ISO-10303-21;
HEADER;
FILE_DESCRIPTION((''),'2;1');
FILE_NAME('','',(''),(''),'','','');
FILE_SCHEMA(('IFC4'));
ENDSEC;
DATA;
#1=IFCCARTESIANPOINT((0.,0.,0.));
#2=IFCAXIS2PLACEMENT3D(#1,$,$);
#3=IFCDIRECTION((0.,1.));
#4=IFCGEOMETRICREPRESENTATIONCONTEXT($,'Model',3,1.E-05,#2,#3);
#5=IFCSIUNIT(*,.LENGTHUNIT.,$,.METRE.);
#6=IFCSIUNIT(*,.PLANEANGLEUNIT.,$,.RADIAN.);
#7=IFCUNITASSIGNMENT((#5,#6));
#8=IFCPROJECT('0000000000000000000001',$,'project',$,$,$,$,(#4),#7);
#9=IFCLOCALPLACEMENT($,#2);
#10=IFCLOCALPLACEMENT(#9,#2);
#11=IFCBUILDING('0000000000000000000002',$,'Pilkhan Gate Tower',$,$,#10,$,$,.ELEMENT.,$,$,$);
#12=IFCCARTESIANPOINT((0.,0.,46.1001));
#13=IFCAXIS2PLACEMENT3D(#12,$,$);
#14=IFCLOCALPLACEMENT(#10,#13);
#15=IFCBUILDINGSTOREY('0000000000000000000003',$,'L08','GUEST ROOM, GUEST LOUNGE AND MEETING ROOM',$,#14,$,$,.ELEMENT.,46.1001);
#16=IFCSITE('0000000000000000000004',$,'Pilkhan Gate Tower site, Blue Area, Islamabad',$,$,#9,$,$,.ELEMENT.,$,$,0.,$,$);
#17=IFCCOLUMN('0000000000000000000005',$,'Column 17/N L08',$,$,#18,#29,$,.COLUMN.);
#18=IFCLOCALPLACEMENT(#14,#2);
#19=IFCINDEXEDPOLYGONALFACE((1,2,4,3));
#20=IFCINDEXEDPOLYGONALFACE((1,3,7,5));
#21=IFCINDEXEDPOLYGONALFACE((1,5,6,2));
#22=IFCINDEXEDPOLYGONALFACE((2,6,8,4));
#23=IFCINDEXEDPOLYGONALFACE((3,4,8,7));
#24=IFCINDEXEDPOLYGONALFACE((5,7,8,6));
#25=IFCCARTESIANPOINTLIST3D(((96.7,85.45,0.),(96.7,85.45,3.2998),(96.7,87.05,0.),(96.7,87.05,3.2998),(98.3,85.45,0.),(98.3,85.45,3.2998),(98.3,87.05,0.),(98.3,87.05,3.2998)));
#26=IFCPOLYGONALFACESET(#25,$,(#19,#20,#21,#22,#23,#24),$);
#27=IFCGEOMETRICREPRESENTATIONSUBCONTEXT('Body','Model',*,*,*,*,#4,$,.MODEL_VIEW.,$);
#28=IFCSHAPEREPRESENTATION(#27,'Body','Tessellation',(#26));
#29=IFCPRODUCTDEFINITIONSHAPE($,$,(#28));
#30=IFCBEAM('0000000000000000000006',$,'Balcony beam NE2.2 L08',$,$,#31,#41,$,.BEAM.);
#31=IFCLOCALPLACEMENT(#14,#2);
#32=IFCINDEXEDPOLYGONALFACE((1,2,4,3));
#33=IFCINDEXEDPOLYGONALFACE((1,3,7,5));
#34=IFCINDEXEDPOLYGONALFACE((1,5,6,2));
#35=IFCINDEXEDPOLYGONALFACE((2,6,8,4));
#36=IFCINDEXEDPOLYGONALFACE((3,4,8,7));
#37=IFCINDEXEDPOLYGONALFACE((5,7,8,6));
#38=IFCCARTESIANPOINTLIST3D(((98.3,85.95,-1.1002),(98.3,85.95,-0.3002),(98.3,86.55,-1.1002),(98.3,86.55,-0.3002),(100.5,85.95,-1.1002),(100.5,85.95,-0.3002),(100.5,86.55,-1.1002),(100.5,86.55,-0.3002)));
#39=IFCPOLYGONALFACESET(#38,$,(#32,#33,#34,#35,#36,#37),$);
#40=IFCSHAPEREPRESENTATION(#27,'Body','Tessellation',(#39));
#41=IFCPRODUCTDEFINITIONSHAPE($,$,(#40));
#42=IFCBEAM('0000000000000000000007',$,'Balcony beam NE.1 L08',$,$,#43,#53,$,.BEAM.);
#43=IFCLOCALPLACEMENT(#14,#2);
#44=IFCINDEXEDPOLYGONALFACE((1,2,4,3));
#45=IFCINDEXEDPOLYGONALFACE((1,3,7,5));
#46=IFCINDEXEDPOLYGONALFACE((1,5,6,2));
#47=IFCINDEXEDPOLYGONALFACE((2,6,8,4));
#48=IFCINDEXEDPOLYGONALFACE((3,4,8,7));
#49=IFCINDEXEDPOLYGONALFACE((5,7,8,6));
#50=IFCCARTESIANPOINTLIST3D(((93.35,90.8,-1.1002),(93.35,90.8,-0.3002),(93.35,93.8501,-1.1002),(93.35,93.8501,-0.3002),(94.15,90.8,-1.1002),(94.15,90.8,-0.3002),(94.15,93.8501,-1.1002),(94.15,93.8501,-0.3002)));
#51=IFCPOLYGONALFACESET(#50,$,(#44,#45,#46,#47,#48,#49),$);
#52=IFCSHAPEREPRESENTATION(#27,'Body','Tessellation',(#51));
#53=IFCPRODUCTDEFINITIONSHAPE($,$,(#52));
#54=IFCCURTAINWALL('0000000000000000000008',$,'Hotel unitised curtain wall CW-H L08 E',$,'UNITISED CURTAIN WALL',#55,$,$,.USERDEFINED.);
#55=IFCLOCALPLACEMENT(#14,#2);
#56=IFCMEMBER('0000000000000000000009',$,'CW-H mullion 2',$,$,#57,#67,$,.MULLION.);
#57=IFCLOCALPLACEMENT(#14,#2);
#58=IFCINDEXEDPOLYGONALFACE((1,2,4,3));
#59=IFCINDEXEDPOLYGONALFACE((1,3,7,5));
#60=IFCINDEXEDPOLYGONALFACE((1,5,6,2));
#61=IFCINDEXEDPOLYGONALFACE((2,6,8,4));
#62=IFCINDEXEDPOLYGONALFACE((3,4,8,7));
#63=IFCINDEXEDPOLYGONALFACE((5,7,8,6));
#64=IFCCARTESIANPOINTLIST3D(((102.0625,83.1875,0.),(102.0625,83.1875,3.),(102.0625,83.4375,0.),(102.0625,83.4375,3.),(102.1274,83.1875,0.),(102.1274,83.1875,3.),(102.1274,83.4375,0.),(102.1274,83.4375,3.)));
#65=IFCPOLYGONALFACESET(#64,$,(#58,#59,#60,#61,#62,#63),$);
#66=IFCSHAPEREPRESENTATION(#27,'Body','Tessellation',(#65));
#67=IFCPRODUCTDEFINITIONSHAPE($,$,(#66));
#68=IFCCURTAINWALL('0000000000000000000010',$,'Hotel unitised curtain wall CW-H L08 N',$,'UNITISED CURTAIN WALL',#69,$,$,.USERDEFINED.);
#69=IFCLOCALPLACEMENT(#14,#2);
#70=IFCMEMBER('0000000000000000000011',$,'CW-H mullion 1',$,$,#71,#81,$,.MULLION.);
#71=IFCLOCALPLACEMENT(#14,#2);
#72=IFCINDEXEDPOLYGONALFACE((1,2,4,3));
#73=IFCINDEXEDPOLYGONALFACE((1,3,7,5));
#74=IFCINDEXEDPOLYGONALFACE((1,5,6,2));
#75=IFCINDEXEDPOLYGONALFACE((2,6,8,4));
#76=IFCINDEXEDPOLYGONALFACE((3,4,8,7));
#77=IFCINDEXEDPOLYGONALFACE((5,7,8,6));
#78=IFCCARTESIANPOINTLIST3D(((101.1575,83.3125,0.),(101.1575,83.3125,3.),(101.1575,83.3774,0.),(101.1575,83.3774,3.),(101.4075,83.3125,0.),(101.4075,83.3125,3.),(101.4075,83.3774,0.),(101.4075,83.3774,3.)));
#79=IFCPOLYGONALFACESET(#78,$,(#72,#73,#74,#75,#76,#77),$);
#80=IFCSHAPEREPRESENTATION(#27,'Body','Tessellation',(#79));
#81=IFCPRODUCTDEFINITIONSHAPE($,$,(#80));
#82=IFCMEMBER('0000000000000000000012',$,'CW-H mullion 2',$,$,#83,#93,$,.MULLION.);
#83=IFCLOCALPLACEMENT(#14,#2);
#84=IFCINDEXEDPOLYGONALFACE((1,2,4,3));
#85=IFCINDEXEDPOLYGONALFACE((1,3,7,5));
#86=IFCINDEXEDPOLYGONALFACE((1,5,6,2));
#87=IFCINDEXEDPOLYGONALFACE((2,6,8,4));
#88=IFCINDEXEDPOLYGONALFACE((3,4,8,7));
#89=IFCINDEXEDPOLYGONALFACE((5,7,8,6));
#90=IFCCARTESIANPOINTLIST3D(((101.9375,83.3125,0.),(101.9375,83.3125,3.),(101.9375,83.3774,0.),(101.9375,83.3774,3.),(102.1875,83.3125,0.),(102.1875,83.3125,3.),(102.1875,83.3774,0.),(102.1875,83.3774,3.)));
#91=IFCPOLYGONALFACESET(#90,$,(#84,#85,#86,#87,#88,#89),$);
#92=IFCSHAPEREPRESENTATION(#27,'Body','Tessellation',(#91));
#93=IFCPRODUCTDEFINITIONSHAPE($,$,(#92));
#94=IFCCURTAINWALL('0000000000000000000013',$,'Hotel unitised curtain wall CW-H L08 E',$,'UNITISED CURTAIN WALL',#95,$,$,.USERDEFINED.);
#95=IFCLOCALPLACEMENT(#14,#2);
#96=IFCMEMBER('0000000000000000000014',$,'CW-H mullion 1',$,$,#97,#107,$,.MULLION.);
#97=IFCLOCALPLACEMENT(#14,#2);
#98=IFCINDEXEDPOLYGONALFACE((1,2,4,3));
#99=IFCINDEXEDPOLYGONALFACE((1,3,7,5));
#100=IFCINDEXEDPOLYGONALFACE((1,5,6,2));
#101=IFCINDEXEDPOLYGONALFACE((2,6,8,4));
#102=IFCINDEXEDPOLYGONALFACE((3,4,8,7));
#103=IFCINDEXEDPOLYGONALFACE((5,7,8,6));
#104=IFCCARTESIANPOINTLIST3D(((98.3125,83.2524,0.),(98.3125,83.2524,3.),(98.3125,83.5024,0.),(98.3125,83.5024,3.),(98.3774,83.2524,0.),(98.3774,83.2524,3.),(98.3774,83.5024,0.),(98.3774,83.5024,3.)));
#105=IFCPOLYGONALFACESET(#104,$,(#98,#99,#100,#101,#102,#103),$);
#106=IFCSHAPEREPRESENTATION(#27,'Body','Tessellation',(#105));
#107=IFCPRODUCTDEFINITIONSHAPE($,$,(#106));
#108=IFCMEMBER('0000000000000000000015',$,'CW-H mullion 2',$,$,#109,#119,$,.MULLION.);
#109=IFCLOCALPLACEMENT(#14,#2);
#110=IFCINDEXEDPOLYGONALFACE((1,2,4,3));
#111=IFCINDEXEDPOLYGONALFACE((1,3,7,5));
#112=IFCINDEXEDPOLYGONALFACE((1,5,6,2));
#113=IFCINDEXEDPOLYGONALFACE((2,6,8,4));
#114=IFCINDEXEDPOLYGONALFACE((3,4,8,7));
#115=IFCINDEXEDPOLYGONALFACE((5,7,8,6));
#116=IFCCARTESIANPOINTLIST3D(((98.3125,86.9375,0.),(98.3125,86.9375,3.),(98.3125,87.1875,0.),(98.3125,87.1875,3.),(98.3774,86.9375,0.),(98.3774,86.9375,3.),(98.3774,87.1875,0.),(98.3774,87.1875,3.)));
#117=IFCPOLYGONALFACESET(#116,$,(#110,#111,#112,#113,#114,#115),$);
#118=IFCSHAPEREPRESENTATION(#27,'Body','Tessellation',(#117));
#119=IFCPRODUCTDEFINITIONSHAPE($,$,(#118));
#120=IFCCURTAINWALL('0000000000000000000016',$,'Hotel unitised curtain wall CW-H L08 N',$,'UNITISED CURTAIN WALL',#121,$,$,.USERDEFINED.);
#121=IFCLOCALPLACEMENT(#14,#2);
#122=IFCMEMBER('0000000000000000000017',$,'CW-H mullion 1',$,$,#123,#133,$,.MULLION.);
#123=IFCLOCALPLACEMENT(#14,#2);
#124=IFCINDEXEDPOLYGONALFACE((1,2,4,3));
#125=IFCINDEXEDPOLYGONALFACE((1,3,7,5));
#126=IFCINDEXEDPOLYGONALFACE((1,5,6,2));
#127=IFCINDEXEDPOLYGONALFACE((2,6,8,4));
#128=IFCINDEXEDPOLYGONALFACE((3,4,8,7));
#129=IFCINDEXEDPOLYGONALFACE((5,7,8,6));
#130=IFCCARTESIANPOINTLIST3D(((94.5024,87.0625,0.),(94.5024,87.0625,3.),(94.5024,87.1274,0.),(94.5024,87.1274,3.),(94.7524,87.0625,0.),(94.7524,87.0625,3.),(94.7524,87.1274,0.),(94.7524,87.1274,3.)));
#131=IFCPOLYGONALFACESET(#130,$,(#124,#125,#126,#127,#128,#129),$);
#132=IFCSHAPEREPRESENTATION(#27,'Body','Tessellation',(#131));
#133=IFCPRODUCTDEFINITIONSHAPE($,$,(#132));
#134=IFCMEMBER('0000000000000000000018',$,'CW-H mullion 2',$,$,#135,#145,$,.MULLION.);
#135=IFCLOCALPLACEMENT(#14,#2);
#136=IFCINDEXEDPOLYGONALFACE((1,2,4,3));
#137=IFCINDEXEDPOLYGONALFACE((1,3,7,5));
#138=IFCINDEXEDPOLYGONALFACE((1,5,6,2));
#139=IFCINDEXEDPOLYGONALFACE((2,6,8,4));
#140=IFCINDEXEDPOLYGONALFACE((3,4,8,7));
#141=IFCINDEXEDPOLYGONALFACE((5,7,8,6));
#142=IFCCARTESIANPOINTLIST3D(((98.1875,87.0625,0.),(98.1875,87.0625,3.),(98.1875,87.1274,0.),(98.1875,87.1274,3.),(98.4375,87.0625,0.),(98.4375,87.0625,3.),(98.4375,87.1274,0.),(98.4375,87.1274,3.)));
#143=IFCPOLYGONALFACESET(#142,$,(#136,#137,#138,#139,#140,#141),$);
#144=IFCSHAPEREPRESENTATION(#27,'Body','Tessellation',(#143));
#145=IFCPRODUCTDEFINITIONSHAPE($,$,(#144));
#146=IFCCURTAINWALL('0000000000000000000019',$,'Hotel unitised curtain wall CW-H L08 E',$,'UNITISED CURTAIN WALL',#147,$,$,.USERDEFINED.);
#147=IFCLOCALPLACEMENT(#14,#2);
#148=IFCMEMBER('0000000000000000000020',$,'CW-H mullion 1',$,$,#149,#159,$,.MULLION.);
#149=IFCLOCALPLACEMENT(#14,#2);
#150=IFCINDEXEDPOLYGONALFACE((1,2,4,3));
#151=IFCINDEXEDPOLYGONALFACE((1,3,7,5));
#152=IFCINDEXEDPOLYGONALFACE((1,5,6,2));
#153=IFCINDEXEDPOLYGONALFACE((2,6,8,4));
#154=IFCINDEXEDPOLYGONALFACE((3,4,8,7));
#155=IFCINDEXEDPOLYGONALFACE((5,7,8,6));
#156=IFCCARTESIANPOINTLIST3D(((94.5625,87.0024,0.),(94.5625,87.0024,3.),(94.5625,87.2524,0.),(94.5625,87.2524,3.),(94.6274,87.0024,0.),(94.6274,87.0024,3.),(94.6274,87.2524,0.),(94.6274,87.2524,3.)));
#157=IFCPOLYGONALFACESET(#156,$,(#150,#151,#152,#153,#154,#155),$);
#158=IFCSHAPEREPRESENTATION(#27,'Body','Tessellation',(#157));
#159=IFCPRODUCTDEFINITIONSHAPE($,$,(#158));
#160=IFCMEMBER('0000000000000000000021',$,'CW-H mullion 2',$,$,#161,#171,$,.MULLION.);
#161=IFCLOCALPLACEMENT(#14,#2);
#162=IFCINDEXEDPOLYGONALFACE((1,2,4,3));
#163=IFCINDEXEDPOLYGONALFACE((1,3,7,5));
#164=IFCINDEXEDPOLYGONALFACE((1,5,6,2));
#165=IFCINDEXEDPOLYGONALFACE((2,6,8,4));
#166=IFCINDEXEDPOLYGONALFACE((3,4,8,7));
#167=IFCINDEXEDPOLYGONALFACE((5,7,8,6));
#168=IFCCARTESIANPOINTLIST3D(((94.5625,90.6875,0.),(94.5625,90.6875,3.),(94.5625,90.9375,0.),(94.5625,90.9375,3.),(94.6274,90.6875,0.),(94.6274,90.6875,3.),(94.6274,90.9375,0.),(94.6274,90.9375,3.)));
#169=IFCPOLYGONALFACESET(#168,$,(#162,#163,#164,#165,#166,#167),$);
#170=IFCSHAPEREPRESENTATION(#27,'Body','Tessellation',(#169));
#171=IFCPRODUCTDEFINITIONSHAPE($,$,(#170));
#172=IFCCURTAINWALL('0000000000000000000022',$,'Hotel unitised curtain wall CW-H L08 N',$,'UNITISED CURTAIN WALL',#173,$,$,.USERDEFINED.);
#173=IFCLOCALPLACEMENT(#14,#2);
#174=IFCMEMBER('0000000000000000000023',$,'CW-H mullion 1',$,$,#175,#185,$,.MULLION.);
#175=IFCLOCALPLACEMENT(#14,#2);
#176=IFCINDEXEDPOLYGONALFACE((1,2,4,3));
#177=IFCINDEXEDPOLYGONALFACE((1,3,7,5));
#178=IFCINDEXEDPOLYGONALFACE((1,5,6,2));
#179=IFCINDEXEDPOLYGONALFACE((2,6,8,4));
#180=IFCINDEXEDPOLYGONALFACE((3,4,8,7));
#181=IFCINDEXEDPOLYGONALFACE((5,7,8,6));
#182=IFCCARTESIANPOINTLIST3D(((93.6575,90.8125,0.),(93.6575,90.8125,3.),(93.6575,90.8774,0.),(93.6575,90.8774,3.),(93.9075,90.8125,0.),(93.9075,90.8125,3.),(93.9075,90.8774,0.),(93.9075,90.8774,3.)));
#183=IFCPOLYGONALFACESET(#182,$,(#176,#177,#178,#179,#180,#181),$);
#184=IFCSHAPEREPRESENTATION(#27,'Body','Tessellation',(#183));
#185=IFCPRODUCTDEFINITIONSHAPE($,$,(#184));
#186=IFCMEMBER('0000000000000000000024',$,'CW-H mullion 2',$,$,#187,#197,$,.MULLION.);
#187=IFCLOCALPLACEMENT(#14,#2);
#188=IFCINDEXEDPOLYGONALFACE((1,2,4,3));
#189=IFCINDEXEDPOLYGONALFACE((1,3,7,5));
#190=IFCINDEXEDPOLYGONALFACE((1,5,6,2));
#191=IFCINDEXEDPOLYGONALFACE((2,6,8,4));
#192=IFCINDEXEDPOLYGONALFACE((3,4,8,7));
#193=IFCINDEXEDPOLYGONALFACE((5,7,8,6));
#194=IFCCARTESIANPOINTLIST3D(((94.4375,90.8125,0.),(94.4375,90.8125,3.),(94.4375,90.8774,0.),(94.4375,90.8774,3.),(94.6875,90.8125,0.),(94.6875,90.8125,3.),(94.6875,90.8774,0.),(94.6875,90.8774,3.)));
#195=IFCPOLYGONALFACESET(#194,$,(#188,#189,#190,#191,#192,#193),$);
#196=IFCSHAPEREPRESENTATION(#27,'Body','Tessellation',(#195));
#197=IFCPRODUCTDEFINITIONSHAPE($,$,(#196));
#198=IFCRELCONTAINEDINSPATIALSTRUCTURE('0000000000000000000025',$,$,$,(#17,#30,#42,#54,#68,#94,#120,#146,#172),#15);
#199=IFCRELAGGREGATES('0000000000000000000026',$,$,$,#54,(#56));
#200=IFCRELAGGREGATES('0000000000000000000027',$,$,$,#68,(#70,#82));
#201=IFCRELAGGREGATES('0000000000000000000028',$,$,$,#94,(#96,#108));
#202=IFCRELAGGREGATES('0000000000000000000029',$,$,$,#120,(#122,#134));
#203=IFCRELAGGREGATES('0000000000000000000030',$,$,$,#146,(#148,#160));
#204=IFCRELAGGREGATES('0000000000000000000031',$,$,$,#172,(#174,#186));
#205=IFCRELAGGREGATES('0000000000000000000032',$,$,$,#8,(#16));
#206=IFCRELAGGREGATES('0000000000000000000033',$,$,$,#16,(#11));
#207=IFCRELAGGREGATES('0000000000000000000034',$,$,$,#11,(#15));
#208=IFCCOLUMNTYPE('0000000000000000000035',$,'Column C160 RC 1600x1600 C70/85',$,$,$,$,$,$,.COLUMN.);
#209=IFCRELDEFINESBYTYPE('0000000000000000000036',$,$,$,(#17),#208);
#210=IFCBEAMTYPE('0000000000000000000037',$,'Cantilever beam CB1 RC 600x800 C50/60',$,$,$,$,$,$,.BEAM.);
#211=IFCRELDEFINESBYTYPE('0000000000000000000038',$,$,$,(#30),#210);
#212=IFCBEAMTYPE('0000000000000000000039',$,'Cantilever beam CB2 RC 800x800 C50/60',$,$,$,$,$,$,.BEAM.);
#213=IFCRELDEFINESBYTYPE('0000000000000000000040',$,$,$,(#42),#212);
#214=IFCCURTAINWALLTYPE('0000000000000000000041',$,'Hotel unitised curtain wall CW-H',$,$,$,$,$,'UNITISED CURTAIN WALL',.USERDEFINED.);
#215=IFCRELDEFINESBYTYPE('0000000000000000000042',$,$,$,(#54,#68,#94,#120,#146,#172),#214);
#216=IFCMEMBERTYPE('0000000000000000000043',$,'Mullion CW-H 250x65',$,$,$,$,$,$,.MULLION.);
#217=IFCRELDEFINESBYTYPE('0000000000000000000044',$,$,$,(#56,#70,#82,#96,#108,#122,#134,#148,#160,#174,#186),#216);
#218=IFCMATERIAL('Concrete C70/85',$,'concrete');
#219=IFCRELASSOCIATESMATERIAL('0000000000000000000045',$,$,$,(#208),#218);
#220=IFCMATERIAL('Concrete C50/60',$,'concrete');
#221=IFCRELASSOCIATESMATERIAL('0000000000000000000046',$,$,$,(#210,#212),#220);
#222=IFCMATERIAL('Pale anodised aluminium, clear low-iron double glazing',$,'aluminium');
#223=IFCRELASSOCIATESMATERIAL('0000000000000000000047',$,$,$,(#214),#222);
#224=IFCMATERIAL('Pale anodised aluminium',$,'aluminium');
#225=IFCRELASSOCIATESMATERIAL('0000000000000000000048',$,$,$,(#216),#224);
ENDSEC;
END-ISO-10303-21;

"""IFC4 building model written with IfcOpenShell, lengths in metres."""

from ifc_helpers import new_model, si_unit, direction, frame, origin, origin_2d, place, context, subcontext, project, spatial, rectangle, extrude, material, material_profile, profile_set, type_object, element, aggregate, save


model = new_model("IFC4")

# Units and contexts
model_context = context("Model", 3, precision=1e-05, world=origin(), true_north=direction((0.0, 1.0)))
body_context = subcontext(model_context, "Body", "Model", "MODEL_VIEW")
ifc_project = project(units=[si_unit("LENGTHUNIT", "METRE"), si_unit("PLANEANGLEUNIT", "RADIAN")], contexts=[model_context])

# Site, building, storey
site_placement = place(None, origin())
site = spatial("IfcSite", under=ifc_project, at=site_placement, Name="Pilkhan Gate Tower site, Blue Area, Islamabad", CompositionType="ELEMENT", RefElevation=0.0)
building_placement = place(site_placement, origin())
building = spatial("IfcBuilding", under=site, at=building_placement, Name="Pilkhan Gate Tower", CompositionType="ELEMENT")
storey_placement = place(building_placement, frame((0.0, 0.0, 46.1001)))
storey = spatial("IfcBuildingStorey", under=building, at=storey_placement, Name="L08", Description="GUEST ROOM, GUEST LOUNGE AND MEETING ROOM", CompositionType="ELEMENT", Elevation=46.1001)

# Column
ifc_material_1 = material(Name="Concrete C70/85", Category="concrete")
ifc_material_profile_1 = material_profile(ifc_material_1, rectangle(XDim=1.6001, YDim=1.6001, at=origin_2d()), Name="RC 1600x1600")
ifc_profile_set_1 = profile_set([ifc_material_profile_1], Name="Concrete C70/85")
column_type = type_object("IfcColumnType", Name="Column C160 RC 1600x1600 C70/85", PredefinedType="COLUMN", material=ifc_profile_set_1)
column_placement = place(storey_placement, frame((97.5, 86.25, 0.0), z_axis=(0.0, 0.0, 1.0), x_axis=(1.0, 0.0, 0.0)))
element("IfcColumn", 1, at=column_placement, inside=storey, type_object=column_type, Name="Column 17/N L08", PredefinedType="COLUMN", context=body_context, shape_type="SweptSolid", body=[
    extrude(rectangle(XDim=1.6001, YDim=1.6001, at=origin_2d()), origin(), (0.0, 0.0, 1.0), 3.2998),
])

# Beams
ifc_material_2 = material(Name="Concrete C50/60", Category="concrete")
ifc_material_profile_2 = material_profile(ifc_material_2, rectangle(XDim=0.6001, YDim=0.8, at=origin_2d()), Name="RC 600x800")
ifc_profile_set_2 = profile_set([ifc_material_profile_2], Name="Concrete C50/60")
beam_type_1 = type_object("IfcBeamType", Name="Cantilever beam CB1 RC 600x800 C50/60", PredefinedType="BEAM", material=ifc_profile_set_2)
beam_1_placement = place(storey_placement, frame((98.3, 86.25, -0.7002), z_axis=(1.0, 0.0, 0.0), x_axis=(0.0, 1.0, 0.0)))
element("IfcBeam", 2, at=beam_1_placement, inside=storey, type_object=beam_type_1, Name="Balcony beam NE2.2 L08", PredefinedType="BEAM", context=body_context, shape_type="SweptSolid", body=[
    extrude(rectangle(XDim=0.6001, YDim=0.8, at=origin_2d()), origin(), (0.0, 0.0, 1.0), 2.2),
])
ifc_material_profile_3 = material_profile(ifc_material_2, rectangle(XDim=0.8, YDim=0.8, at=origin_2d()), Name="RC 800x800")
ifc_profile_set_3 = profile_set([ifc_material_profile_3], Name="Concrete C50/60")
beam_type_2 = type_object("IfcBeamType", Name="Cantilever beam CB2 RC 800x800 C50/60", PredefinedType="BEAM", material=ifc_profile_set_3)
beam_2_placement = place(storey_placement, frame((93.75, 90.8, -0.7002), z_axis=(0.0, 1.0, 0.0), x_axis=(-1.0, 0.0, 0.0)))
element("IfcBeam", 3, at=beam_2_placement, inside=storey, type_object=beam_type_2, Name="Balcony beam NE.1 L08", PredefinedType="BEAM", context=body_context, shape_type="SweptSolid", body=[
    extrude(rectangle(XDim=0.8, YDim=0.8, at=origin_2d()), origin(), (0.0, 0.0, 1.0), 3.05),
])

# Curtain wall, member
ifc_material_3 = material(Name="Pale anodised aluminium, clear low-iron double glazing", Category="aluminium")
curtain_wall_type = type_object("IfcCurtainWallType", Name="Hotel unitised curtain wall CW-H", ElementType="UNITISED CURTAIN WALL", PredefinedType="USERDEFINED", material=ifc_material_3)
curtain_wall_1_placement = place(storey_placement, origin())
curtain_wall_1 = element("IfcCurtainWall", 4, at=curtain_wall_1_placement, inside=storey, type_object=curtain_wall_type, Name="Hotel unitised curtain wall CW-H L08 E", ObjectType="UNITISED CURTAIN WALL", PredefinedType="USERDEFINED")
ifc_material_4 = material(Name="Pale anodised aluminium", Category="aluminium")
ifc_material_profile_4 = material_profile(ifc_material_4, rectangle(XDim=0.0649, YDim=0.25, at=origin_2d()), Name="Mullion 250x65")
ifc_profile_set_4 = profile_set([ifc_material_profile_4], Name="Pale anodised aluminium")
member_type_1 = type_object("IfcMemberType", Name="Mullion CW-H 250x65", PredefinedType="MULLION", material=ifc_profile_set_4)
member_1_placement = place(storey_placement, frame((102.095, 83.3125, 0.0), z_axis=(0.0, 0.0, 1.0), x_axis=(-1.0, 0.0, 0.0)))
member_1 = element("IfcMember", 5, at=member_1_placement, type_object=member_type_1, Name="CW-H mullion 2", PredefinedType="MULLION", context=body_context, shape_type="SweptSolid", body=[
    extrude(rectangle(XDim=0.0649, YDim=0.25, at=origin_2d()), origin(), (0.0, 0.0, 1.0), 3.0),
])
aggregate(curtain_wall_1, [member_1])

# Curtain walls, members
curtain_wall_2_placement = place(storey_placement, origin())
curtain_wall_2 = element("IfcCurtainWall", 6, at=curtain_wall_2_placement, inside=storey, type_object=curtain_wall_type, Name="Hotel unitised curtain wall CW-H L08 N", ObjectType="UNITISED CURTAIN WALL", PredefinedType="USERDEFINED")
member_2_placement = place(storey_placement, frame((101.2825, 83.345, 0.0), z_axis=(0.0, 0.0, 1.0), x_axis=(0.0, 1.0, 0.0)))
member_2 = element("IfcMember", 7, at=member_2_placement, type_object=member_type_1, Name="CW-H mullion 1", PredefinedType="MULLION", context=body_context, shape_type="SweptSolid", body=[
    extrude(rectangle(XDim=0.0649, YDim=0.25, at=origin_2d()), origin(), (0.0, 0.0, 1.0), 3.0),
])
member_3_placement = place(storey_placement, frame((102.0625, 83.345, 0.0), z_axis=(0.0, 0.0, 1.0), x_axis=(0.0, 1.0, 0.0)))
member_3 = element("IfcMember", 8, at=member_3_placement, type_object=member_type_1, Name="CW-H mullion 2", PredefinedType="MULLION", context=body_context, shape_type="SweptSolid", body=[
    extrude(rectangle(XDim=0.0649, YDim=0.25, at=origin_2d()), origin(), (0.0, 0.0, 1.0), 3.0),
])
curtain_wall_3_placement = place(storey_placement, origin())
curtain_wall_3 = element("IfcCurtainWall", 9, at=curtain_wall_3_placement, inside=storey, type_object=curtain_wall_type, Name="Hotel unitised curtain wall CW-H L08 E", ObjectType="UNITISED CURTAIN WALL", PredefinedType="USERDEFINED")
member_4_placement = place(storey_placement, frame((98.345, 83.3774, 0.0), z_axis=(0.0, 0.0, 1.0), x_axis=(-1.0, 0.0, 0.0)))
member_4 = element("IfcMember", 10, at=member_4_placement, type_object=member_type_1, Name="CW-H mullion 1", PredefinedType="MULLION", context=body_context, shape_type="SweptSolid", body=[
    extrude(rectangle(XDim=0.0649, YDim=0.25, at=origin_2d()), origin(), (0.0, 0.0, 1.0), 3.0),
])
member_5_placement = place(storey_placement, frame((98.345, 87.0625, 0.0), z_axis=(0.0, 0.0, 1.0), x_axis=(-1.0, 0.0, 0.0)))
member_5 = element("IfcMember", 11, at=member_5_placement, type_object=member_type_1, Name="CW-H mullion 2", PredefinedType="MULLION", context=body_context, shape_type="SweptSolid", body=[
    extrude(rectangle(XDim=0.0649, YDim=0.25, at=origin_2d()), origin(), (0.0, 0.0, 1.0), 3.0),
])
curtain_wall_4_placement = place(storey_placement, origin())
curtain_wall_4 = element("IfcCurtainWall", 12, at=curtain_wall_4_placement, inside=storey, type_object=curtain_wall_type, Name="Hotel unitised curtain wall CW-H L08 N", ObjectType="UNITISED CURTAIN WALL", PredefinedType="USERDEFINED")
member_6_placement = place(storey_placement, frame((94.6274, 87.095, 0.0), z_axis=(0.0, 0.0, 1.0), x_axis=(0.0, 1.0, 0.0)))
member_6 = element("IfcMember", 13, at=member_6_placement, type_object=member_type_1, Name="CW-H mullion 1", PredefinedType="MULLION", context=body_context, shape_type="SweptSolid", body=[
    extrude(rectangle(XDim=0.0649, YDim=0.25, at=origin_2d()), origin(), (0.0, 0.0, 1.0), 3.0),
])
member_7_placement = place(storey_placement, frame((98.3125, 87.095, 0.0), z_axis=(0.0, 0.0, 1.0), x_axis=(0.0, 1.0, 0.0)))
member_7 = element("IfcMember", 14, at=member_7_placement, type_object=member_type_1, Name="CW-H mullion 2", PredefinedType="MULLION", context=body_context, shape_type="SweptSolid", body=[
    extrude(rectangle(XDim=0.0649, YDim=0.25, at=origin_2d()), origin(), (0.0, 0.0, 1.0), 3.0),
])
curtain_wall_5_placement = place(storey_placement, origin())
curtain_wall_5 = element("IfcCurtainWall", 15, at=curtain_wall_5_placement, inside=storey, type_object=curtain_wall_type, Name="Hotel unitised curtain wall CW-H L08 E", ObjectType="UNITISED CURTAIN WALL", PredefinedType="USERDEFINED")
member_8_placement = place(storey_placement, frame((94.595, 87.1274, 0.0), z_axis=(0.0, 0.0, 1.0), x_axis=(-1.0, 0.0, 0.0)))
member_8 = element("IfcMember", 16, at=member_8_placement, type_object=member_type_1, Name="CW-H mullion 1", PredefinedType="MULLION", context=body_context, shape_type="SweptSolid", body=[
    extrude(rectangle(XDim=0.0649, YDim=0.25, at=origin_2d()), origin(), (0.0, 0.0, 1.0), 3.0),
])
member_9_placement = place(storey_placement, frame((94.595, 90.8125, 0.0), z_axis=(0.0, 0.0, 1.0), x_axis=(-1.0, 0.0, 0.0)))
member_9 = element("IfcMember", 17, at=member_9_placement, type_object=member_type_1, Name="CW-H mullion 2", PredefinedType="MULLION", context=body_context, shape_type="SweptSolid", body=[
    extrude(rectangle(XDim=0.0649, YDim=0.25, at=origin_2d()), origin(), (0.0, 0.0, 1.0), 3.0),
])
curtain_wall_6_placement = place(storey_placement, origin())
curtain_wall_6 = element("IfcCurtainWall", 18, at=curtain_wall_6_placement, inside=storey, type_object=curtain_wall_type, Name="Hotel unitised curtain wall CW-H L08 N", ObjectType="UNITISED CURTAIN WALL", PredefinedType="USERDEFINED")
member_10_placement = place(storey_placement, frame((93.7825, 90.845, 0.0), z_axis=(0.0, 0.0, 1.0), x_axis=(0.0, 1.0, 0.0)))
member_10 = element("IfcMember", 19, at=member_10_placement, type_object=member_type_1, Name="CW-H mullion 1", PredefinedType="MULLION", context=body_context, shape_type="SweptSolid", body=[
    extrude(rectangle(XDim=0.0649, YDim=0.25, at=origin_2d()), origin(), (0.0, 0.0, 1.0), 3.0),
])
member_11_placement = place(storey_placement, frame((94.5625, 90.845, 0.0), z_axis=(0.0, 0.0, 1.0), x_axis=(0.0, 1.0, 0.0)))
member_11 = element("IfcMember", 20, at=member_11_placement, type_object=member_type_1, Name="CW-H mullion 2", PredefinedType="MULLION", context=body_context, shape_type="SweptSolid", body=[
    extrude(rectangle(XDim=0.0649, YDim=0.25, at=origin_2d()), origin(), (0.0, 0.0, 1.0), 3.0),
])

aggregate(curtain_wall_2, [member_2, member_3])
aggregate(curtain_wall_3, [member_4, member_5])
aggregate(curtain_wall_4, [member_6, member_7])
aggregate(curtain_wall_5, [member_8, member_9])
aggregate(curtain_wall_6, [member_10, member_11])

save(model, "model.ifc")
